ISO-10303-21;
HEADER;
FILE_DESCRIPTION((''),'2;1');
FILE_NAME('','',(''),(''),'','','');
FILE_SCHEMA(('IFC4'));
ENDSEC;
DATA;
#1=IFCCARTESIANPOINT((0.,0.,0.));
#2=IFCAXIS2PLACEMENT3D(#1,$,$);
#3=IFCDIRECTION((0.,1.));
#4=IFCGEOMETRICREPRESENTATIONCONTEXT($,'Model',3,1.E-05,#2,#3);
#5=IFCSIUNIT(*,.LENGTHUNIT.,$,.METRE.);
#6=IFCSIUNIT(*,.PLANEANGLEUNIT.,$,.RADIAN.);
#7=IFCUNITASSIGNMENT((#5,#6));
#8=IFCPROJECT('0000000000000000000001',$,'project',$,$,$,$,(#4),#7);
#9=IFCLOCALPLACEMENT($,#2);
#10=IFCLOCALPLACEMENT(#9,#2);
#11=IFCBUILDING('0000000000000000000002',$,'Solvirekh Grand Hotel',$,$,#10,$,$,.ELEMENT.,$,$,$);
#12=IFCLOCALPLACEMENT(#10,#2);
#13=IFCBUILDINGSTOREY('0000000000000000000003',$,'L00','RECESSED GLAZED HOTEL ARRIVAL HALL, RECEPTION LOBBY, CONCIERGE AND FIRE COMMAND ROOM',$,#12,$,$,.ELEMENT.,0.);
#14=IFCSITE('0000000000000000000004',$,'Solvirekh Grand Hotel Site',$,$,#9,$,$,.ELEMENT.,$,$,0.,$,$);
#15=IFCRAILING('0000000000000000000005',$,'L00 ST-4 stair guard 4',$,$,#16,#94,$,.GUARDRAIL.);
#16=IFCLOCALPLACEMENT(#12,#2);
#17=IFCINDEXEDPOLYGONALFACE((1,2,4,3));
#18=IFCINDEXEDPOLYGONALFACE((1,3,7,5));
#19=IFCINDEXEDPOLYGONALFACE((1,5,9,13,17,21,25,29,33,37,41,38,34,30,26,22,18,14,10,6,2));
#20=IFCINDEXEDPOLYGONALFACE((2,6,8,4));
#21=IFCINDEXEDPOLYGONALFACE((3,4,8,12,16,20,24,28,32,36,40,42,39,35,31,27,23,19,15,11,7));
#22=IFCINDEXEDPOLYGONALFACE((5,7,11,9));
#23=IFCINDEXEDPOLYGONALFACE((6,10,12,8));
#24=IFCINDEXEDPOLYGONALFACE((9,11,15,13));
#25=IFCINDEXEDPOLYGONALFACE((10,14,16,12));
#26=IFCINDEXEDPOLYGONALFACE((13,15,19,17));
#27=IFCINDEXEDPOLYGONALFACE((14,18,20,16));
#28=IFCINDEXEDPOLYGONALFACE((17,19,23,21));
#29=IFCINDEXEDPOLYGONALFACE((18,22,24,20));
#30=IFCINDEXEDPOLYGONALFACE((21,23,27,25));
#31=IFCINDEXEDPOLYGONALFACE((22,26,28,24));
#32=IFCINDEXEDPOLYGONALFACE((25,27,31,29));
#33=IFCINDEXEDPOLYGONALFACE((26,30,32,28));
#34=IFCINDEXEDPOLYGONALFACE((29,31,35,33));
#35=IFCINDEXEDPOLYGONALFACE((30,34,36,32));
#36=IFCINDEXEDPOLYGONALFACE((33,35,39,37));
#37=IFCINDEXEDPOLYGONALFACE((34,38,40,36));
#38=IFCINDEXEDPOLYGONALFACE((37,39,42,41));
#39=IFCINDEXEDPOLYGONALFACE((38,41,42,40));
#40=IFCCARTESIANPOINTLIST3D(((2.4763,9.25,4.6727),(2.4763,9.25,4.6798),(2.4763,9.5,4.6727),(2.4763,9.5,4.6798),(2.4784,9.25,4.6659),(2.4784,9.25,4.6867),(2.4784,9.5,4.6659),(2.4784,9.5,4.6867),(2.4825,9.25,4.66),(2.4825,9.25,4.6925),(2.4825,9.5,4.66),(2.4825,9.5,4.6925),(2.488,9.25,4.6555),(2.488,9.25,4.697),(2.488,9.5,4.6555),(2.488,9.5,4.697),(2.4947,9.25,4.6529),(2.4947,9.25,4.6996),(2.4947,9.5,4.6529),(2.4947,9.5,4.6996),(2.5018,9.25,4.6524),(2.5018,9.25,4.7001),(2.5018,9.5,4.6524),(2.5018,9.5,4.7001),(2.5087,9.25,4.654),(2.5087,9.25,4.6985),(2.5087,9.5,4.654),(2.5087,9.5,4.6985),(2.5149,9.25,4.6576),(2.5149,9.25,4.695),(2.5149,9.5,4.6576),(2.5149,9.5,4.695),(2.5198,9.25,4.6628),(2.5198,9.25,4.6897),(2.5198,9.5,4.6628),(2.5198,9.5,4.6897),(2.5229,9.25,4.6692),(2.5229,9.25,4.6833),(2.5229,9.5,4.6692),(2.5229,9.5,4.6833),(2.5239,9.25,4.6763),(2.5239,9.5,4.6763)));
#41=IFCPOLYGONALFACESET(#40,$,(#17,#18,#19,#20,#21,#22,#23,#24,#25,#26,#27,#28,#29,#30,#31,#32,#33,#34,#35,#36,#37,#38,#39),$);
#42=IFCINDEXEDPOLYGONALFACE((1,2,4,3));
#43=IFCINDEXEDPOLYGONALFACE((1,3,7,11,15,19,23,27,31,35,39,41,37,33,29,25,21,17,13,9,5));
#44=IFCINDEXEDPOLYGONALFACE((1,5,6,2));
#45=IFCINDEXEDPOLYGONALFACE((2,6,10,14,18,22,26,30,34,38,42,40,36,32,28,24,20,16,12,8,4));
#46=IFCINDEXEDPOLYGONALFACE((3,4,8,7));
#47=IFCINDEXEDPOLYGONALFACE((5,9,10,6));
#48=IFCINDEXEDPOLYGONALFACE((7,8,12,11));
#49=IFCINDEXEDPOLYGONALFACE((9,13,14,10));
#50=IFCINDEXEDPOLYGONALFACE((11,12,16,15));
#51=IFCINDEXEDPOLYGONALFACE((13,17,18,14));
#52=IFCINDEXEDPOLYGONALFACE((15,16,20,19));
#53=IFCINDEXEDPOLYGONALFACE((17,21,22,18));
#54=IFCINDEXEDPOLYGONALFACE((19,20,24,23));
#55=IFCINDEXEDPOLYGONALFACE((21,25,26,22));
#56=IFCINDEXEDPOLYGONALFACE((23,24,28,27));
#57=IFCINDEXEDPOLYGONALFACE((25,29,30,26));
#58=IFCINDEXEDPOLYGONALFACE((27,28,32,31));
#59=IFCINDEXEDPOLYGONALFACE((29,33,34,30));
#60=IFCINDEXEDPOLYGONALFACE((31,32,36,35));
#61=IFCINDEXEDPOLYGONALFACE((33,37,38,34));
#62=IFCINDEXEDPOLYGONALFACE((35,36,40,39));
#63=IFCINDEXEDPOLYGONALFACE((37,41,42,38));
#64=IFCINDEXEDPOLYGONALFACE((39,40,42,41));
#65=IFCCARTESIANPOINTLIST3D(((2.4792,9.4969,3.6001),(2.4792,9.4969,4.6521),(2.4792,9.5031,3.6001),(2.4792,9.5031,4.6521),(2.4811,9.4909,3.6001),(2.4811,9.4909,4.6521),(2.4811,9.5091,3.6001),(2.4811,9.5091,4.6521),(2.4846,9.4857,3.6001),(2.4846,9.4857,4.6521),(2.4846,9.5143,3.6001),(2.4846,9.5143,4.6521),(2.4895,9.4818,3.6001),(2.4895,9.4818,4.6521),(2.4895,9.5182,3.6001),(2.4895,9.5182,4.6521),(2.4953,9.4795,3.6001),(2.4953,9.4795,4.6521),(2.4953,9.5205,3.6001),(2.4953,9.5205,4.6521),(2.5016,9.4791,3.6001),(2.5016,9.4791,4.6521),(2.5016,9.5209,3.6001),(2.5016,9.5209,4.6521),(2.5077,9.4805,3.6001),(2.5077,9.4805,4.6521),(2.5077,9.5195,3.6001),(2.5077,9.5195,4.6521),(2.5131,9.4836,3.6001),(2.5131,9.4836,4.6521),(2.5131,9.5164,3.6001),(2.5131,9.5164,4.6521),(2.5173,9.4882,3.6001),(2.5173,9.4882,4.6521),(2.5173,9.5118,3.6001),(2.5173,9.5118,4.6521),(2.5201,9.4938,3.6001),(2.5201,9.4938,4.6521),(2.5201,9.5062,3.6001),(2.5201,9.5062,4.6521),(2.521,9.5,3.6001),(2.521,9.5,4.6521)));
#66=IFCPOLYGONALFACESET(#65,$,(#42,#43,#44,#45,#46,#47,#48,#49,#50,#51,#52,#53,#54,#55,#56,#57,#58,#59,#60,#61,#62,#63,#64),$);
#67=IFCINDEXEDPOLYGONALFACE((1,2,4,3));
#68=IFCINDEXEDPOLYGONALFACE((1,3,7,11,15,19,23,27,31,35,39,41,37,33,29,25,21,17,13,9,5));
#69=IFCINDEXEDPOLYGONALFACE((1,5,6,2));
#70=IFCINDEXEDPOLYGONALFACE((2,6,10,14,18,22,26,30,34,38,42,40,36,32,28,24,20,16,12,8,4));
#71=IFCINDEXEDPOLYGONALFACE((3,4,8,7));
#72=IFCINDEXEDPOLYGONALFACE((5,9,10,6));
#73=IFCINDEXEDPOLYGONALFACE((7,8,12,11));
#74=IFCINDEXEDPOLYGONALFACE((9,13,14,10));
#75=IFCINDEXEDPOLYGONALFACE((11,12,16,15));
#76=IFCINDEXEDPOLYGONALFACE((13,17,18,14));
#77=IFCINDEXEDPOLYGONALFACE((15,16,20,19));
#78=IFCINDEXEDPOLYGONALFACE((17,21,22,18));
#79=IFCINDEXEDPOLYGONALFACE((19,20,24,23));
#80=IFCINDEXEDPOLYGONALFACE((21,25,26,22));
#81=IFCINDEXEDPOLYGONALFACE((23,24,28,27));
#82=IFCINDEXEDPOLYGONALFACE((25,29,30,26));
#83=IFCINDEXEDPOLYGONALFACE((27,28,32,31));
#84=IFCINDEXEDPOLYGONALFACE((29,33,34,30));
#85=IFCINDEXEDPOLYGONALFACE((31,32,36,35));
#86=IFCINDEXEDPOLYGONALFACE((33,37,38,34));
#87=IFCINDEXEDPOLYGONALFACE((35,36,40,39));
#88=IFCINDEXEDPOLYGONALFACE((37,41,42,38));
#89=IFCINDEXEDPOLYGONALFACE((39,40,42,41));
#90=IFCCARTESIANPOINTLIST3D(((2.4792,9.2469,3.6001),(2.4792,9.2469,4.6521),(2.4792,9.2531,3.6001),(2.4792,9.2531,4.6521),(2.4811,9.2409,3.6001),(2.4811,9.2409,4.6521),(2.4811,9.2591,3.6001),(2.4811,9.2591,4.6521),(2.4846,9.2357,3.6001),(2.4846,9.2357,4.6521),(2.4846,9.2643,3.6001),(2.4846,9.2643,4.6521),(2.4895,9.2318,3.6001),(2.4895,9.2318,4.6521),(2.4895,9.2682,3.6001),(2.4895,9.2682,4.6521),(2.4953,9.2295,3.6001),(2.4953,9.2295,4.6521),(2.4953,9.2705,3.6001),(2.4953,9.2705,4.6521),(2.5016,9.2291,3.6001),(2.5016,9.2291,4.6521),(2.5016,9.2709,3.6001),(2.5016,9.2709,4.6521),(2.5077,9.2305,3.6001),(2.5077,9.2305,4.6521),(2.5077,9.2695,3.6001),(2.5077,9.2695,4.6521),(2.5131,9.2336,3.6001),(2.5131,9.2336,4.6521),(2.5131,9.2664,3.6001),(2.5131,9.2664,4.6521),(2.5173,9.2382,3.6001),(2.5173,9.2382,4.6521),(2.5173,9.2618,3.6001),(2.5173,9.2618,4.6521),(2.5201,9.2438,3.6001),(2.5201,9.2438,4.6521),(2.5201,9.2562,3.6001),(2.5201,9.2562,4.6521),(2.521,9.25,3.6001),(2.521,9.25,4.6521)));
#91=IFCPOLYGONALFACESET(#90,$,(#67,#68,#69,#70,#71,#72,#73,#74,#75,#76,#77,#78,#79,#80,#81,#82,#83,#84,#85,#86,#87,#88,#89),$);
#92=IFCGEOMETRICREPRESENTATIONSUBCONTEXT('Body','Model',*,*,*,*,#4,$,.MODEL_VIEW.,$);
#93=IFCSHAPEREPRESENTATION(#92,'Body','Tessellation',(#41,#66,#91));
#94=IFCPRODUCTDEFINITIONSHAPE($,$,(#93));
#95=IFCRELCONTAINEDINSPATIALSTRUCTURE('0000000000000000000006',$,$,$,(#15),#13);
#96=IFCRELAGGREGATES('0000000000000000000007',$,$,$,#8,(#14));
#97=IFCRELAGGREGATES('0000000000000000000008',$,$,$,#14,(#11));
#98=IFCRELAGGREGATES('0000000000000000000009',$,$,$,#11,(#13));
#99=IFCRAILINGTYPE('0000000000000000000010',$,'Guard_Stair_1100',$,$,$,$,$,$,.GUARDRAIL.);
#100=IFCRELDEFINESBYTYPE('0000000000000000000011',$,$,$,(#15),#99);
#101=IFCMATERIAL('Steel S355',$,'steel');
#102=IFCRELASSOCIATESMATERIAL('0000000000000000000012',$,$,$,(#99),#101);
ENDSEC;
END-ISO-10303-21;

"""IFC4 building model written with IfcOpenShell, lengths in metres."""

from ifc_helpers import new_model, si_unit, direction, frame, origin, origin_2d, place, context, subcontext, project, spatial, circle, extrude, material, type_object, element, save


model = new_model("IFC4")

# Units and contexts
model_context = context("Model", 3, precision=1e-05, world=origin(), true_north=direction((0.0, 1.0)))
body_context = subcontext(model_context, "Body", "Model", "MODEL_VIEW")
ifc_project = project(units=[si_unit("LENGTHUNIT", "METRE"), si_unit("PLANEANGLEUNIT", "RADIAN")], contexts=[model_context])

# Site, building, storey
site_placement = place(None, origin())
site = spatial("IfcSite", under=ifc_project, at=site_placement, Name="Solvirekh Grand Hotel Site", CompositionType="ELEMENT", RefElevation=0.0)
building_placement = place(site_placement, origin())
building = spatial("IfcBuilding", under=site, at=building_placement, Name="Solvirekh Grand Hotel", CompositionType="ELEMENT")
storey_placement = place(building_placement, origin())
storey = spatial("IfcBuildingStorey", under=building, at=storey_placement, Name="L00", Description="RECESSED GLAZED HOTEL ARRIVAL HALL, RECEPTION LOBBY, CONCIERGE AND FIRE COMMAND ROOM", CompositionType="ELEMENT", Elevation=0.0)

# Shared definitions
ifc_material_1 = material(Name="Steel S355", Category="steel")

# Railing
railing_type_1 = type_object("IfcRailingType", Name="Guard_Stair_1100", PredefinedType="GUARDRAIL", material=ifc_material_1)
railing_1_placement = place(storey_placement, frame((2.5, 9.5, 3.6001)))
element("IfcRailing", 1, at=railing_1_placement, inside=storey, type_object=railing_type_1, Name="L00 ST-4 stair guard 4", PredefinedType="GUARDRAIL", context=body_context, shape_type="SweptSolid", body=[
    extrude(circle(Radius=0.0239, at=origin_2d()), frame((0.0, 0.0, 1.0762), z_axis=(0.0, -1.0, 0.0), x_axis=(1.0, 0.0, 0.0)), (0.0, 0.0, 1.0), 0.25),
    extrude(circle(Radius=0.021, at=origin_2d()), origin(), (0.0, 0.0, 1.0), 1.052),
    extrude(circle(Radius=0.021, at=origin_2d()), frame((0.0, -0.25, 0.0)), (0.0, 0.0, 1.0), 1.052),
])

save(model, "model.ifc")
